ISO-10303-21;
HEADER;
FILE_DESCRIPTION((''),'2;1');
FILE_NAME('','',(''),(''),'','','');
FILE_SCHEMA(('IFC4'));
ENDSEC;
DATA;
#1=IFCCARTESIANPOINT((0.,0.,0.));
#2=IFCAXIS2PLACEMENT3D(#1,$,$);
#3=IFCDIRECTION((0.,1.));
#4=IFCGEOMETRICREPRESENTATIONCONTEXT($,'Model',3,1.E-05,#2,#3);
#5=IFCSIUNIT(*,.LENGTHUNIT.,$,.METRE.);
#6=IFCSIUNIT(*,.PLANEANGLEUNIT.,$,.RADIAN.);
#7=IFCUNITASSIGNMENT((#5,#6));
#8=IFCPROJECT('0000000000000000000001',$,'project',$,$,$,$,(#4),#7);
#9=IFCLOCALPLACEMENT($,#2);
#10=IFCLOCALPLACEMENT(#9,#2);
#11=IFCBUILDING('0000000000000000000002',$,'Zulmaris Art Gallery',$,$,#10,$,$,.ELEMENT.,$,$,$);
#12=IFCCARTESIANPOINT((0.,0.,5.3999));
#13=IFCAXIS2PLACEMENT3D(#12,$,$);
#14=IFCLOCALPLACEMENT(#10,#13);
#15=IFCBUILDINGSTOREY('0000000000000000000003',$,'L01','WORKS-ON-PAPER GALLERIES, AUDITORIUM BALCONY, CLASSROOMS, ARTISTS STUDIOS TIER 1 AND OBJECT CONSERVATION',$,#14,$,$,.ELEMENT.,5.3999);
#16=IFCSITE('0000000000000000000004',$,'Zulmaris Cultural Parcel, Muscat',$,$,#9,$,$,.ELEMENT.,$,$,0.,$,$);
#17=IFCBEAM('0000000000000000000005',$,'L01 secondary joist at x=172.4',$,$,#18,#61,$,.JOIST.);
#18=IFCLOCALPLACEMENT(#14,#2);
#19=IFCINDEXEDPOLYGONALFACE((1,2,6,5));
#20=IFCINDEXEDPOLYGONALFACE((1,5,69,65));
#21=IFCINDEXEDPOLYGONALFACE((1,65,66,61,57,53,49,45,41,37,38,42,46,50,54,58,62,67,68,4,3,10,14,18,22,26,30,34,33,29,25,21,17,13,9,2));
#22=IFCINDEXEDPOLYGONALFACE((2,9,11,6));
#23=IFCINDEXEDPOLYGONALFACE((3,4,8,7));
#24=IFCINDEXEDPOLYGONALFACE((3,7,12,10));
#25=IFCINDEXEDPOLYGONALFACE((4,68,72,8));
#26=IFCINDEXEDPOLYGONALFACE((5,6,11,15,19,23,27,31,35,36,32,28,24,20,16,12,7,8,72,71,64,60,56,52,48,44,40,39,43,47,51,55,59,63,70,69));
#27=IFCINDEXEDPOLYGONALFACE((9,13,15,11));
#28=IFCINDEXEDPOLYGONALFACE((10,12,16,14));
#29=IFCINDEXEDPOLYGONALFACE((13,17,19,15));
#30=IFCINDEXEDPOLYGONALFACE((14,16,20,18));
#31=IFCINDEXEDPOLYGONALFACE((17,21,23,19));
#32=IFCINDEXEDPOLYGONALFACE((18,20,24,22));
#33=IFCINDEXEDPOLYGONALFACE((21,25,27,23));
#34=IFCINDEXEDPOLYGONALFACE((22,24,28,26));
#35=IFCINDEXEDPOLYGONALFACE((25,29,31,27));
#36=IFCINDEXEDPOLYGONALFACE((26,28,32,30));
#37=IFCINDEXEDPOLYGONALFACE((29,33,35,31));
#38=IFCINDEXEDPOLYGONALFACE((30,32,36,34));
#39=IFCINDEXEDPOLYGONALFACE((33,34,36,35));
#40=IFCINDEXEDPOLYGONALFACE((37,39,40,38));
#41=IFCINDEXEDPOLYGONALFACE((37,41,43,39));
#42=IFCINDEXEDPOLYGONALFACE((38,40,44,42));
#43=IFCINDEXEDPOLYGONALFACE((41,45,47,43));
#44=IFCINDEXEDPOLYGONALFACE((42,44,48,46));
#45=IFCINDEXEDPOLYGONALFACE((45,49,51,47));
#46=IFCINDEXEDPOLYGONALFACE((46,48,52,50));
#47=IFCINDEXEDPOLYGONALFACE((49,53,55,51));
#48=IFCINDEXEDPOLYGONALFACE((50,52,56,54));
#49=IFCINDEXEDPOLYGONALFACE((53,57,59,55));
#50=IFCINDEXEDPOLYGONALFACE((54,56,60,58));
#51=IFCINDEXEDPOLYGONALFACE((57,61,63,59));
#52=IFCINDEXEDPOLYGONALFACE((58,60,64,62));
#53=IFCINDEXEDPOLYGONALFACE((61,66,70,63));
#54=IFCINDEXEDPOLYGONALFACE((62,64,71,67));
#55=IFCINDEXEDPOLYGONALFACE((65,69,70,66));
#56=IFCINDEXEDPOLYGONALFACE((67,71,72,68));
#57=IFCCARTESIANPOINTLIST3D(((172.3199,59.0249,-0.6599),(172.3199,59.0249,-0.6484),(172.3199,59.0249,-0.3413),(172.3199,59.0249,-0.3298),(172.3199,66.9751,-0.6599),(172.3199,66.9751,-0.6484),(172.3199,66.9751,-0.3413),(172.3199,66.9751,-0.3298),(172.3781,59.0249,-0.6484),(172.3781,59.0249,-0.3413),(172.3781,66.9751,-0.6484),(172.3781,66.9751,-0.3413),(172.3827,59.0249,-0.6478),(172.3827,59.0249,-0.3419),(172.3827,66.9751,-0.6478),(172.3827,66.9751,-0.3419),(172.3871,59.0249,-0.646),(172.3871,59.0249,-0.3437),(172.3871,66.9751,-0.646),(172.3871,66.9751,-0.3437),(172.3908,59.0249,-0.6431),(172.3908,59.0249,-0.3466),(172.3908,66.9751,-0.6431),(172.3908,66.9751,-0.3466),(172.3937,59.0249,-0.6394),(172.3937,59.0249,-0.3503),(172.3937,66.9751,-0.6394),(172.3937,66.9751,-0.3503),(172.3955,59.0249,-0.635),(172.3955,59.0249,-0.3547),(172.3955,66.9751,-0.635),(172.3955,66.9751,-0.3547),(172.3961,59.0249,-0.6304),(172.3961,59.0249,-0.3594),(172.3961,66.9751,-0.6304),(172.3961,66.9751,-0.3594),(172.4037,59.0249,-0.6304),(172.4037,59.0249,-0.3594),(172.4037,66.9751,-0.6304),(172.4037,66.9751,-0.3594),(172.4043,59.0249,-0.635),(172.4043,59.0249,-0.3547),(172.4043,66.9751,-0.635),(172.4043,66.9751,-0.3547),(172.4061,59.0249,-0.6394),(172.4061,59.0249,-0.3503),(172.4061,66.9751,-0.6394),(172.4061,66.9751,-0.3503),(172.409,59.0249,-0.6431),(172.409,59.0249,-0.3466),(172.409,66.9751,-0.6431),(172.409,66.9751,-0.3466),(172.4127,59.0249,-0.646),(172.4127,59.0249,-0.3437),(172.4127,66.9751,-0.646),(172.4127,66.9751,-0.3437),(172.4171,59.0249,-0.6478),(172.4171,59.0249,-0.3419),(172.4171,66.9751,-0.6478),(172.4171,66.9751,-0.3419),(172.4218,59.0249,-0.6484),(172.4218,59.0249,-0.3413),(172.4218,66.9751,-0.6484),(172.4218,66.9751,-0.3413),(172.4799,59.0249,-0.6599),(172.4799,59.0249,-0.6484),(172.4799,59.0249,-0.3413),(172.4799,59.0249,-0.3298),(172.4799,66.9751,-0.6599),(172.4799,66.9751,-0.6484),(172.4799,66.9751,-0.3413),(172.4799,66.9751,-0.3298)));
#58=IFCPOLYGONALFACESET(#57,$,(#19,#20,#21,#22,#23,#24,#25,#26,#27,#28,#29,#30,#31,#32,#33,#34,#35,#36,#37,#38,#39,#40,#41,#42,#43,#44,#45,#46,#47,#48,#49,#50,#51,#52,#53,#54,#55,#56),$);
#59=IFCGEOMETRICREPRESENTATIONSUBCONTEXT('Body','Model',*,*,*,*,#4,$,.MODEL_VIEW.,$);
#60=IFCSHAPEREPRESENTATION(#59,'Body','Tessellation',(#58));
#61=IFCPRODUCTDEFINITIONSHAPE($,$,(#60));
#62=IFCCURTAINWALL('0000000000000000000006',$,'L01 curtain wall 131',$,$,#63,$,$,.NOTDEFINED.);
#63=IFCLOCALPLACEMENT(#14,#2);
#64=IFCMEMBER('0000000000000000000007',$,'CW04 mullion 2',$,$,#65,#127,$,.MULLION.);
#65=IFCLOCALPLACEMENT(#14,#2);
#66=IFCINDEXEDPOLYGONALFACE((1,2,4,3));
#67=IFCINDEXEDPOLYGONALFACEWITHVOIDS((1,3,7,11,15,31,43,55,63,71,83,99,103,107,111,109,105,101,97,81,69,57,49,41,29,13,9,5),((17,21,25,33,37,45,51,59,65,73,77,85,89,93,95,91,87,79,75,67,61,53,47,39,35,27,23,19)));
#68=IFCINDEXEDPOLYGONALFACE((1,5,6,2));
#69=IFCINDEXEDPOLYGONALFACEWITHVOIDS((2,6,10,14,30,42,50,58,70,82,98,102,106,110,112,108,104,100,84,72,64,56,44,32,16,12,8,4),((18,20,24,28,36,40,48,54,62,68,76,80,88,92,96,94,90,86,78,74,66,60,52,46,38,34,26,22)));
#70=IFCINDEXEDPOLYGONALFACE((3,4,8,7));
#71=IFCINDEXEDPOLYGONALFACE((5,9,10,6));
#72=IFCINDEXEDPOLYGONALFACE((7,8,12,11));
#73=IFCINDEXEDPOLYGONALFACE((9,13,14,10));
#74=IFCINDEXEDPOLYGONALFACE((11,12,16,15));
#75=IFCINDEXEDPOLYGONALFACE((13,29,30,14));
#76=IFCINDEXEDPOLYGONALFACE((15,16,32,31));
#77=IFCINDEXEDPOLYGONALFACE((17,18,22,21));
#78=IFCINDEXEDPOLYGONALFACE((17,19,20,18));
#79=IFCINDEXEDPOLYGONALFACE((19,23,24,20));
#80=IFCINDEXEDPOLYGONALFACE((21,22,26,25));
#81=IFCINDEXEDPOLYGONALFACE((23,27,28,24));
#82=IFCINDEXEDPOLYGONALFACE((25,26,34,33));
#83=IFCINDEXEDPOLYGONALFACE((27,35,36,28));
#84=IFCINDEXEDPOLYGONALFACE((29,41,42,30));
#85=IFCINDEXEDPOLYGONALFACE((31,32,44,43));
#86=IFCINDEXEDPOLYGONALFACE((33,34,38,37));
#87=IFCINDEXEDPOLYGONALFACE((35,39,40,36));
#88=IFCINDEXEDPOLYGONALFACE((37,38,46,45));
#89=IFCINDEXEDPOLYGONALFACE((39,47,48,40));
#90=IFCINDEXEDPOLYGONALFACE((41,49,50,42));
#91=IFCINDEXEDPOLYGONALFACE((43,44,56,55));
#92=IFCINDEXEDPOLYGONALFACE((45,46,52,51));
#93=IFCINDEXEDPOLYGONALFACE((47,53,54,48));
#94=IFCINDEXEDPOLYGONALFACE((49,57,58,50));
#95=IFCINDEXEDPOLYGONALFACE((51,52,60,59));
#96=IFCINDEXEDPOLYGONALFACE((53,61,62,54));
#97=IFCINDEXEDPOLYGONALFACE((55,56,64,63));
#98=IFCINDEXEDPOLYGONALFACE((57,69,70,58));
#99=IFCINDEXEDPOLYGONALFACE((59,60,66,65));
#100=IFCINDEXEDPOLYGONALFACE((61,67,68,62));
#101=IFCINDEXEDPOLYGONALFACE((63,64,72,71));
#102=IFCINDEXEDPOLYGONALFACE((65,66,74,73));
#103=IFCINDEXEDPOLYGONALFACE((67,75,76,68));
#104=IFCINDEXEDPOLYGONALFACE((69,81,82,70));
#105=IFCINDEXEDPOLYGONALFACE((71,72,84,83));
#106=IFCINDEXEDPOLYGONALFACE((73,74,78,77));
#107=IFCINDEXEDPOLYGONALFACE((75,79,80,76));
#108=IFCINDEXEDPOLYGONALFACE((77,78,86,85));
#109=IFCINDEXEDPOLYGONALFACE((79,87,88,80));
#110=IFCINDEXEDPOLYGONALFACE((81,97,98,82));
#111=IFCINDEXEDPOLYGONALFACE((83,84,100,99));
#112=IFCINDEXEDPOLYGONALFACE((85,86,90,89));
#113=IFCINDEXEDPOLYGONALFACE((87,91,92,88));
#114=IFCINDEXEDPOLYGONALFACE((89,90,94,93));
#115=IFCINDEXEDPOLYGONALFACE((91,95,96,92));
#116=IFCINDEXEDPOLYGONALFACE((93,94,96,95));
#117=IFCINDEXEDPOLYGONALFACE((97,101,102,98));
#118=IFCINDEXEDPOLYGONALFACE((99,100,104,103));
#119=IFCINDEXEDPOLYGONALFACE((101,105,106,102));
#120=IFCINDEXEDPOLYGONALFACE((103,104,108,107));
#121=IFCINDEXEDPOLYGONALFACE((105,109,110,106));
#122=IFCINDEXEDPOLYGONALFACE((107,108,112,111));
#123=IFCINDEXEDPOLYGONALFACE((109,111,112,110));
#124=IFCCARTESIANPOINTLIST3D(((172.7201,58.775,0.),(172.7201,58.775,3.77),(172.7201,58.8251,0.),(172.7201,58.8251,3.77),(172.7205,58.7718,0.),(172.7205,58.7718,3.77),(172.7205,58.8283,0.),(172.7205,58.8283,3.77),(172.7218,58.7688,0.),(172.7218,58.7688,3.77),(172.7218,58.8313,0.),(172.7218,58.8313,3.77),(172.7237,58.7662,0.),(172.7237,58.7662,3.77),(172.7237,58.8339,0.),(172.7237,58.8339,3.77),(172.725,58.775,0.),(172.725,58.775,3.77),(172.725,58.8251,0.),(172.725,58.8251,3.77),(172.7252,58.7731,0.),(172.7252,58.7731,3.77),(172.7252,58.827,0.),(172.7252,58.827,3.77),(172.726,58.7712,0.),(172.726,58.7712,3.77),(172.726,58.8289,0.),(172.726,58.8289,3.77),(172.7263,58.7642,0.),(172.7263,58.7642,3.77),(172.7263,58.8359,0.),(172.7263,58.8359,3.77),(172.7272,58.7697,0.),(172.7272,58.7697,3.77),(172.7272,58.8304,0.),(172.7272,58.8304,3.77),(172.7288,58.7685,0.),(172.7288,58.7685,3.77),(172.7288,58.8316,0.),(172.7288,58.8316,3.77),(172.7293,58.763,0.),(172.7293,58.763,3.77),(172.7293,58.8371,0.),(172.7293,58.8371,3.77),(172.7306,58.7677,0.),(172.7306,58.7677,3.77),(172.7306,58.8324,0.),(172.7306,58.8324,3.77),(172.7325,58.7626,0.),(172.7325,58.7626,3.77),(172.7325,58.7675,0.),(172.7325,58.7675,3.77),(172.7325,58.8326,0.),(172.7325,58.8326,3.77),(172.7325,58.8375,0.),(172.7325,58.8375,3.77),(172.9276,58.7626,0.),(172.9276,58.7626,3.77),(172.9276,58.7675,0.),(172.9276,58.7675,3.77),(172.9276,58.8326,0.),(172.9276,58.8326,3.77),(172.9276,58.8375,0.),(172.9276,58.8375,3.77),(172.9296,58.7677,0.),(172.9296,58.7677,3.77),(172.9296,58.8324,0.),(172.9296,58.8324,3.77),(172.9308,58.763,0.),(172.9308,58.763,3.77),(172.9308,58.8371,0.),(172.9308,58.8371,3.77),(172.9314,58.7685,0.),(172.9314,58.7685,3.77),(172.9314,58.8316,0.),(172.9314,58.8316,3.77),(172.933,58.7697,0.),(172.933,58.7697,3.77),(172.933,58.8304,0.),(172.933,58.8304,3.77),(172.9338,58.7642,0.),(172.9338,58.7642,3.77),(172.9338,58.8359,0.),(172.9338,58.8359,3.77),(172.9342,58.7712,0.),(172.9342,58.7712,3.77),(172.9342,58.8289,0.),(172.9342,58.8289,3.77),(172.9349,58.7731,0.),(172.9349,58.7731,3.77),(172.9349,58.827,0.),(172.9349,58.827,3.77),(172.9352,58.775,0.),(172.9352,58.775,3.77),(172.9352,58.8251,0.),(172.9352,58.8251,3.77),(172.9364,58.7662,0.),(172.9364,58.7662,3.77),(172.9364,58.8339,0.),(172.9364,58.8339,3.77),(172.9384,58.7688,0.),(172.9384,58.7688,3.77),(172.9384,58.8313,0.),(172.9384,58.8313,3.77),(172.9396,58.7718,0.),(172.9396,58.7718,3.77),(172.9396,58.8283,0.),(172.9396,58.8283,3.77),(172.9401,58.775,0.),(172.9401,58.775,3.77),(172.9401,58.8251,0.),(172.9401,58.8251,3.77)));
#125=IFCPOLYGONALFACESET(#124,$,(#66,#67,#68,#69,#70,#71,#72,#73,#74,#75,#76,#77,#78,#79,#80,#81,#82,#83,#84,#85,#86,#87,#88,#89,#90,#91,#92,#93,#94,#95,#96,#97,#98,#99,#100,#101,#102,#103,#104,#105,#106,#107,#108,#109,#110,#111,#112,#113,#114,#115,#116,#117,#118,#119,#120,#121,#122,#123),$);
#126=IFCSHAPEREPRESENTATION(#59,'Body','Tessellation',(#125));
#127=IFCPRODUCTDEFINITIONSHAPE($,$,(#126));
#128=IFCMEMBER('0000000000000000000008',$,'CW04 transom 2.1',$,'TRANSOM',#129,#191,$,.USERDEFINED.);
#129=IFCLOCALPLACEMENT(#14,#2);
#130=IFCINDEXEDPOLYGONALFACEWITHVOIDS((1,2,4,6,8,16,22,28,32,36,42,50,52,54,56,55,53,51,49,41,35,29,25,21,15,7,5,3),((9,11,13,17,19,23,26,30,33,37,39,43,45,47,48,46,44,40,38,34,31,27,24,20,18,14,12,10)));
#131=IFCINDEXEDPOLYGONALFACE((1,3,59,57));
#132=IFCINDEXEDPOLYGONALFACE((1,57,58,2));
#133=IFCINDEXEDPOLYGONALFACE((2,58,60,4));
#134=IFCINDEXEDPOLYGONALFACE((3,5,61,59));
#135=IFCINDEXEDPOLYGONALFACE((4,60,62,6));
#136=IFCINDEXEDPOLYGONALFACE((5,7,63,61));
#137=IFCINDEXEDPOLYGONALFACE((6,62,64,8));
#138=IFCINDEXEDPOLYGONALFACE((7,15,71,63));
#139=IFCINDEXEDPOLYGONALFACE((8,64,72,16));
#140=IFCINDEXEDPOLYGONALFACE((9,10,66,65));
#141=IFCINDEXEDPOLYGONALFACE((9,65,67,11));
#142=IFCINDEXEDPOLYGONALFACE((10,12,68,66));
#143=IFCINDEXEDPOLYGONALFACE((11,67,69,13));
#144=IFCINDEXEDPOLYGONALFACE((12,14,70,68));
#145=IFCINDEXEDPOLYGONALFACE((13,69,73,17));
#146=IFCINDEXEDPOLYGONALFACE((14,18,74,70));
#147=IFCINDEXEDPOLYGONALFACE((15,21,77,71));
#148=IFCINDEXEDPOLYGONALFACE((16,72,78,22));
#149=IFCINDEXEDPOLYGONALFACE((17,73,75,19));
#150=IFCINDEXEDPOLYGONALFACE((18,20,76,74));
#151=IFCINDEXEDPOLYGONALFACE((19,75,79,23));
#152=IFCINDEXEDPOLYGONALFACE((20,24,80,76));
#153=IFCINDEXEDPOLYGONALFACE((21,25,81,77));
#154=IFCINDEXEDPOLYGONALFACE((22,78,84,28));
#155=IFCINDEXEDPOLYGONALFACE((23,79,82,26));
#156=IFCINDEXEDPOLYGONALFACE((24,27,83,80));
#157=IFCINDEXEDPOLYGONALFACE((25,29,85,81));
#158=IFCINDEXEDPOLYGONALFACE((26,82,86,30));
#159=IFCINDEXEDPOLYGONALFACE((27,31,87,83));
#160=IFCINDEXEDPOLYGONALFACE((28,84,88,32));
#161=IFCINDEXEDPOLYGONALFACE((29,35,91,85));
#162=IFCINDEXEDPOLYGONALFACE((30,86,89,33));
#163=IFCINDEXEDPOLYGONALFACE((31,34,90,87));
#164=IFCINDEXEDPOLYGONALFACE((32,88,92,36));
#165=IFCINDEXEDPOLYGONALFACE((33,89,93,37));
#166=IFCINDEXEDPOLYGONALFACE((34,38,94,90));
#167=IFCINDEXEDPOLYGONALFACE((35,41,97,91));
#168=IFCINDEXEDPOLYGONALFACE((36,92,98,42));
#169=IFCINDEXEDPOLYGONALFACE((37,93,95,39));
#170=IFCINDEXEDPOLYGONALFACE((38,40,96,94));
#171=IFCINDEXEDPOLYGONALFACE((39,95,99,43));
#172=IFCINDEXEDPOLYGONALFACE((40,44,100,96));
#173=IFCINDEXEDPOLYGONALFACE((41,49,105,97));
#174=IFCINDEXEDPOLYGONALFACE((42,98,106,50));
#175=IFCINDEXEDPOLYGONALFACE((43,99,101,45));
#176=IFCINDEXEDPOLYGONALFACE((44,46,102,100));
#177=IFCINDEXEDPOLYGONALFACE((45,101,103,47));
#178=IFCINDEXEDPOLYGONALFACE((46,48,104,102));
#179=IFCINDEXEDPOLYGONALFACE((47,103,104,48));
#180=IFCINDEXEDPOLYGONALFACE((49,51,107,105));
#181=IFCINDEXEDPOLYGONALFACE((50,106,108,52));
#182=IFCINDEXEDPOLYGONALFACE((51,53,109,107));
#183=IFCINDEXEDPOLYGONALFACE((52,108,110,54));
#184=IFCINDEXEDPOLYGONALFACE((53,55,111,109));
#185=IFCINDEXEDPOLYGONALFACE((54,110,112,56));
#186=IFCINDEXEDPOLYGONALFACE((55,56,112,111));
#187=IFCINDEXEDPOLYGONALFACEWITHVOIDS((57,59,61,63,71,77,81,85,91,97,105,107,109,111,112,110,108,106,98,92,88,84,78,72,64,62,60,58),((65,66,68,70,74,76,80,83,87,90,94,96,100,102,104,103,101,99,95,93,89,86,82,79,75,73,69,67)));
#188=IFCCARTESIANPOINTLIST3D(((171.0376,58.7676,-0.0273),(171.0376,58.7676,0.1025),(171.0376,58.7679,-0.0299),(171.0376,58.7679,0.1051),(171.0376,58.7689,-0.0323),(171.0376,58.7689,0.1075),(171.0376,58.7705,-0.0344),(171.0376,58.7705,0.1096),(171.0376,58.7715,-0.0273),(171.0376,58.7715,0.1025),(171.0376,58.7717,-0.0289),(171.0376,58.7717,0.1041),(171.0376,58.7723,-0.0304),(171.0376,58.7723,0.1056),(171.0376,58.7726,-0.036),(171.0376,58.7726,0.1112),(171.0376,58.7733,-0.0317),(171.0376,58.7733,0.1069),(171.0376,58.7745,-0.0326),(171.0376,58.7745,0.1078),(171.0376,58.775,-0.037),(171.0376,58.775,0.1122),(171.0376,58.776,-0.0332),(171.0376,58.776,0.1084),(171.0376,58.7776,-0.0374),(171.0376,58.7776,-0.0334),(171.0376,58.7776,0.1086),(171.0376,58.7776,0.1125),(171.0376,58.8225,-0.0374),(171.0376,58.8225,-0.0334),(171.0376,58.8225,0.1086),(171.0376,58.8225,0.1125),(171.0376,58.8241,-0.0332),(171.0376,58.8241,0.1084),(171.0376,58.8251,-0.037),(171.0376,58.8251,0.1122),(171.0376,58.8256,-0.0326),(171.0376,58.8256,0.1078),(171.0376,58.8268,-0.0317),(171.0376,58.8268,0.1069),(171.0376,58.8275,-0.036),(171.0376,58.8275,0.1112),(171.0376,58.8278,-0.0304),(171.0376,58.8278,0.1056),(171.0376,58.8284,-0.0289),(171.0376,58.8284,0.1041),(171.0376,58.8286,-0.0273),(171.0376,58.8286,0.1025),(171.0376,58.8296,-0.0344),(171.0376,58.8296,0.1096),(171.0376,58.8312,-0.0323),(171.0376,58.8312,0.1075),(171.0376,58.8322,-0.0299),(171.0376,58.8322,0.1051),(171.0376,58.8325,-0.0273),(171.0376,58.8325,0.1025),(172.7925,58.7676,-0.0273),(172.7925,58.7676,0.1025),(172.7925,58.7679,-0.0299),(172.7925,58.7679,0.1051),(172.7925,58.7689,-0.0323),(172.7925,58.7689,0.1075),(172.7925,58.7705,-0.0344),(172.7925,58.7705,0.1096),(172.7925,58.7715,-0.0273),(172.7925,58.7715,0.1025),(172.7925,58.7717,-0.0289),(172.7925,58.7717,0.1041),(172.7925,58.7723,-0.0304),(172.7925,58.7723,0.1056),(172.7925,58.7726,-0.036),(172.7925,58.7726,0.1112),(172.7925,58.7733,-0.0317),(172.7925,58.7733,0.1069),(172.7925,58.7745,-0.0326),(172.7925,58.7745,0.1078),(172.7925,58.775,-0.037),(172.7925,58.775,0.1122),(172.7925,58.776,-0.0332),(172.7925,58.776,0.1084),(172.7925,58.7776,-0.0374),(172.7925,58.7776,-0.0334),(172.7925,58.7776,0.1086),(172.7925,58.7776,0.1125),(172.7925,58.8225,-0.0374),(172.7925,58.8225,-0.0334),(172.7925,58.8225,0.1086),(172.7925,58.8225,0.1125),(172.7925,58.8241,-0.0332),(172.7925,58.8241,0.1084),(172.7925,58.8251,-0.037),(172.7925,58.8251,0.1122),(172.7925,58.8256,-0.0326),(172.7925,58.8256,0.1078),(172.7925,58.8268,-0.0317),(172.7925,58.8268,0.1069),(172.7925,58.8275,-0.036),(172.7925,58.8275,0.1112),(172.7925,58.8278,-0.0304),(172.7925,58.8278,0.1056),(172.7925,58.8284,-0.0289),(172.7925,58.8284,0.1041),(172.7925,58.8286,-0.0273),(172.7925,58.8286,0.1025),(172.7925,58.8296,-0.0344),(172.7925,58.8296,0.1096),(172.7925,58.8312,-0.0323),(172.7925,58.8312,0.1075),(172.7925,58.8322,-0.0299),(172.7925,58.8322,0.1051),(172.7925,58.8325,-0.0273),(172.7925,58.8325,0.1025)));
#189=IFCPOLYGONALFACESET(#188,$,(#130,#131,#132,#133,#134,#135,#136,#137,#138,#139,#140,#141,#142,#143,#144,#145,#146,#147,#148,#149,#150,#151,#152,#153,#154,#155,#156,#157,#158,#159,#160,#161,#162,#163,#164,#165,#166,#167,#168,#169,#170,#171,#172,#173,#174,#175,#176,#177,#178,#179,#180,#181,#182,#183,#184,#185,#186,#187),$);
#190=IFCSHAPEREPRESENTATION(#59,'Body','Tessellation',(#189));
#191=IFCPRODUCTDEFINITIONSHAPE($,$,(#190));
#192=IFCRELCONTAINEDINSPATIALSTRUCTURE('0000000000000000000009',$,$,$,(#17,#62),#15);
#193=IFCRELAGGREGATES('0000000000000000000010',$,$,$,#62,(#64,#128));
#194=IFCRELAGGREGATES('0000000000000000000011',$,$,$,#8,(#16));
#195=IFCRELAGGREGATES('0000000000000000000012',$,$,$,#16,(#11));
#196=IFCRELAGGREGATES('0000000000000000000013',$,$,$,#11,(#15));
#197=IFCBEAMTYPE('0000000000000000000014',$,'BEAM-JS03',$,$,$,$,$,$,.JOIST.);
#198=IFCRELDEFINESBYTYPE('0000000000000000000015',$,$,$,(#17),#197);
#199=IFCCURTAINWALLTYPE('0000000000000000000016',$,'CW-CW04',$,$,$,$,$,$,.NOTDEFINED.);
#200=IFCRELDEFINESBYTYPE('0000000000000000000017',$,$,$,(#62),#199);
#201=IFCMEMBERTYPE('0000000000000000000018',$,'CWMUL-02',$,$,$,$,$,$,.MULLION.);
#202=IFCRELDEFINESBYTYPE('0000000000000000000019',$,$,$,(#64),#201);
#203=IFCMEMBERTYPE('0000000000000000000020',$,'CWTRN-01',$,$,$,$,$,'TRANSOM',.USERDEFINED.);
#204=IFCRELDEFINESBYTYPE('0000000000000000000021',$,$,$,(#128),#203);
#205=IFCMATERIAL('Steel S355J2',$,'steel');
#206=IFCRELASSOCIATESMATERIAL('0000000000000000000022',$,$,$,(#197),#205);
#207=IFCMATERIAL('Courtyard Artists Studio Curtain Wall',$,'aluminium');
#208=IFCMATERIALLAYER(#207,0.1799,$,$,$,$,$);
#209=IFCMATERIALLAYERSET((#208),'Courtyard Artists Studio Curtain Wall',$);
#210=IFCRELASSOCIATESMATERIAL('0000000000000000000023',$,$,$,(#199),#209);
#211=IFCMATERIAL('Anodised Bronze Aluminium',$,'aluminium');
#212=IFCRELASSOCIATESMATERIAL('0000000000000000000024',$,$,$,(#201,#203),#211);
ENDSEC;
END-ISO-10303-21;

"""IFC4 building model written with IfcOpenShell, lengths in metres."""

from ifc_helpers import new_model, si_unit, direction, frame, origin, origin_2d, place, context, subcontext, project, spatial, hollow_rectangle, i_section, extrude, material, layer, layer_set, material_profile, profile_set, type_object, element, aggregate, save


model = new_model("IFC4")

# Units and contexts
model_context = context("Model", 3, precision=1e-05, world=origin(), true_north=direction((0.0, 1.0)))
body_context = subcontext(model_context, "Body", "Model", "MODEL_VIEW")
ifc_project = project(units=[si_unit("LENGTHUNIT", "METRE"), si_unit("PLANEANGLEUNIT", "RADIAN")], contexts=[model_context])

# Site, building, storey
site_placement = place(None, origin())
site = spatial("IfcSite", under=ifc_project, at=site_placement, Name="Zulmaris Cultural Parcel, Muscat", CompositionType="ELEMENT", RefElevation=0.0)
building_placement = place(site_placement, origin())
building = spatial("IfcBuilding", under=site, at=building_placement, Name="Zulmaris Art Gallery", CompositionType="ELEMENT")
storey_placement = place(building_placement, frame((0.0, 0.0, 5.3999)))
storey = spatial("IfcBuildingStorey", under=building, at=storey_placement, Name="L01", Description="WORKS-ON-PAPER GALLERIES, AUDITORIUM BALCONY, CLASSROOMS, ARTISTS STUDIOS TIER 1 AND OBJECT CONSERVATION", CompositionType="ELEMENT", Elevation=5.3999)

# Beam
ifc_material_1 = material(Name="Steel S355J2", Category="steel")
ifc_material_profile_1 = material_profile(ifc_material_1, i_section(OverallWidth=0.1599, OverallDepth=0.3301, WebThickness=0.0076, FlangeThickness=0.0115, FilletRadius=0.0181, at=origin_2d()), Name="IPE 330")
ifc_profile_set_1 = profile_set([ifc_material_profile_1], Name="Steel S355J2")
beam_type_1 = type_object("IfcBeamType", Name="BEAM-JS03", PredefinedType="JOIST", material=ifc_profile_set_1)
beam_1_placement = place(storey_placement, frame((172.3999, 59.0249, -0.4949), z_axis=(0.0, 1.0, 0.0), x_axis=(-1.0, 0.0, 0.0)))
element("IfcBeam", 1, at=beam_1_placement, inside=storey, type_object=beam_type_1, Name="L01 secondary joist at x=172.4", PredefinedType="JOIST", context=body_context, shape_type="SweptSolid", body=[
    extrude(i_section(OverallWidth=0.1599, OverallDepth=0.3301, WebThickness=0.0076, FlangeThickness=0.0115, FilletRadius=0.0181, at=origin_2d()), origin(), (0.0, 0.0, 1.0), 7.9502),
])

# Curtain wall, members
ifc_material_2 = material(Name="Courtyard Artists Studio Curtain Wall", Category="aluminium")
ifc_layer_1 = layer(ifc_material_2, 0.1799)
ifc_layer_set_1 = layer_set([ifc_layer_1], Name="Courtyard Artists Studio Curtain Wall")
curtain_wall_type = type_object("IfcCurtainWallType", Name="CW-CW04", PredefinedType="NOTDEFINED", material=ifc_layer_set_1)
curtain_wall_placement = place(storey_placement, origin())
curtain_wall = element("IfcCurtainWall", 2, at=curtain_wall_placement, inside=storey, type_object=curtain_wall_type, Name="L01 curtain wall 131", PredefinedType="NOTDEFINED")
ifc_material_3 = material(Name="Anodised Bronze Aluminium", Category="aluminium")
ifc_material_profile_2 = material_profile(ifc_material_3, hollow_rectangle(XDim=0.075, YDim=0.22, WallThickness=0.0049, InnerFilletRadius=0.0076, OuterFilletRadius=0.0125, at=origin_2d()), Name="ALU 75x220x5")
ifc_profile_set_2 = profile_set([ifc_material_profile_2], Name="Anodised Bronze Aluminium")
member_type_1 = type_object("IfcMemberType", Name="CWMUL-02", PredefinedType="MULLION", material=ifc_profile_set_2)
member_1_placement = place(storey_placement, frame((172.8301, 58.8, 0.0), z_axis=(0.0, 0.0, 1.0), x_axis=(0.0, -1.0, 0.0)))
member_1 = element("IfcMember", 3, at=member_1_placement, type_object=member_type_1, Name="CW04 mullion 2", PredefinedType="MULLION", context=body_context, shape_type="SweptSolid", body=[
    extrude(hollow_rectangle(XDim=0.075, YDim=0.22, WallThickness=0.0049, InnerFilletRadius=0.0076, OuterFilletRadius=0.0125, at=origin_2d()), origin(), (0.0, 0.0, 1.0), 3.77),
])
ifc_material_profile_3 = material_profile(ifc_material_3, hollow_rectangle(XDim=0.0649, YDim=0.1499, WallThickness=0.0039, InnerFilletRadius=0.0061, OuterFilletRadius=0.01, at=origin_2d()), Name="ALU 65x150x4")
ifc_profile_set_3 = profile_set([ifc_material_profile_3], Name="Anodised Bronze Aluminium")
member_type_2 = type_object("IfcMemberType", Name="CWTRN-01", ElementType="TRANSOM", PredefinedType="USERDEFINED", material=ifc_profile_set_3)
member_2_placement = place(storey_placement, frame((172.7925, 58.8, 0.0376), z_axis=(-1.0, 0.0, 0.0), x_axis=(0.0, -1.0, 0.0)))
member_2 = element("IfcMember", 4, at=member_2_placement, type_object=member_type_2, Name="CW04 transom 2.1", ObjectType="TRANSOM", PredefinedType="USERDEFINED", context=body_context, shape_type="SweptSolid", body=[
    extrude(hollow_rectangle(XDim=0.0649, YDim=0.1499, WallThickness=0.0039, InnerFilletRadius=0.0061, OuterFilletRadius=0.01, at=origin_2d()), origin(), (0.0, 0.0, 1.0), 1.7549),
])
aggregate(curtain_wall, [member_1, member_2])

save(model, "model.ifc")
